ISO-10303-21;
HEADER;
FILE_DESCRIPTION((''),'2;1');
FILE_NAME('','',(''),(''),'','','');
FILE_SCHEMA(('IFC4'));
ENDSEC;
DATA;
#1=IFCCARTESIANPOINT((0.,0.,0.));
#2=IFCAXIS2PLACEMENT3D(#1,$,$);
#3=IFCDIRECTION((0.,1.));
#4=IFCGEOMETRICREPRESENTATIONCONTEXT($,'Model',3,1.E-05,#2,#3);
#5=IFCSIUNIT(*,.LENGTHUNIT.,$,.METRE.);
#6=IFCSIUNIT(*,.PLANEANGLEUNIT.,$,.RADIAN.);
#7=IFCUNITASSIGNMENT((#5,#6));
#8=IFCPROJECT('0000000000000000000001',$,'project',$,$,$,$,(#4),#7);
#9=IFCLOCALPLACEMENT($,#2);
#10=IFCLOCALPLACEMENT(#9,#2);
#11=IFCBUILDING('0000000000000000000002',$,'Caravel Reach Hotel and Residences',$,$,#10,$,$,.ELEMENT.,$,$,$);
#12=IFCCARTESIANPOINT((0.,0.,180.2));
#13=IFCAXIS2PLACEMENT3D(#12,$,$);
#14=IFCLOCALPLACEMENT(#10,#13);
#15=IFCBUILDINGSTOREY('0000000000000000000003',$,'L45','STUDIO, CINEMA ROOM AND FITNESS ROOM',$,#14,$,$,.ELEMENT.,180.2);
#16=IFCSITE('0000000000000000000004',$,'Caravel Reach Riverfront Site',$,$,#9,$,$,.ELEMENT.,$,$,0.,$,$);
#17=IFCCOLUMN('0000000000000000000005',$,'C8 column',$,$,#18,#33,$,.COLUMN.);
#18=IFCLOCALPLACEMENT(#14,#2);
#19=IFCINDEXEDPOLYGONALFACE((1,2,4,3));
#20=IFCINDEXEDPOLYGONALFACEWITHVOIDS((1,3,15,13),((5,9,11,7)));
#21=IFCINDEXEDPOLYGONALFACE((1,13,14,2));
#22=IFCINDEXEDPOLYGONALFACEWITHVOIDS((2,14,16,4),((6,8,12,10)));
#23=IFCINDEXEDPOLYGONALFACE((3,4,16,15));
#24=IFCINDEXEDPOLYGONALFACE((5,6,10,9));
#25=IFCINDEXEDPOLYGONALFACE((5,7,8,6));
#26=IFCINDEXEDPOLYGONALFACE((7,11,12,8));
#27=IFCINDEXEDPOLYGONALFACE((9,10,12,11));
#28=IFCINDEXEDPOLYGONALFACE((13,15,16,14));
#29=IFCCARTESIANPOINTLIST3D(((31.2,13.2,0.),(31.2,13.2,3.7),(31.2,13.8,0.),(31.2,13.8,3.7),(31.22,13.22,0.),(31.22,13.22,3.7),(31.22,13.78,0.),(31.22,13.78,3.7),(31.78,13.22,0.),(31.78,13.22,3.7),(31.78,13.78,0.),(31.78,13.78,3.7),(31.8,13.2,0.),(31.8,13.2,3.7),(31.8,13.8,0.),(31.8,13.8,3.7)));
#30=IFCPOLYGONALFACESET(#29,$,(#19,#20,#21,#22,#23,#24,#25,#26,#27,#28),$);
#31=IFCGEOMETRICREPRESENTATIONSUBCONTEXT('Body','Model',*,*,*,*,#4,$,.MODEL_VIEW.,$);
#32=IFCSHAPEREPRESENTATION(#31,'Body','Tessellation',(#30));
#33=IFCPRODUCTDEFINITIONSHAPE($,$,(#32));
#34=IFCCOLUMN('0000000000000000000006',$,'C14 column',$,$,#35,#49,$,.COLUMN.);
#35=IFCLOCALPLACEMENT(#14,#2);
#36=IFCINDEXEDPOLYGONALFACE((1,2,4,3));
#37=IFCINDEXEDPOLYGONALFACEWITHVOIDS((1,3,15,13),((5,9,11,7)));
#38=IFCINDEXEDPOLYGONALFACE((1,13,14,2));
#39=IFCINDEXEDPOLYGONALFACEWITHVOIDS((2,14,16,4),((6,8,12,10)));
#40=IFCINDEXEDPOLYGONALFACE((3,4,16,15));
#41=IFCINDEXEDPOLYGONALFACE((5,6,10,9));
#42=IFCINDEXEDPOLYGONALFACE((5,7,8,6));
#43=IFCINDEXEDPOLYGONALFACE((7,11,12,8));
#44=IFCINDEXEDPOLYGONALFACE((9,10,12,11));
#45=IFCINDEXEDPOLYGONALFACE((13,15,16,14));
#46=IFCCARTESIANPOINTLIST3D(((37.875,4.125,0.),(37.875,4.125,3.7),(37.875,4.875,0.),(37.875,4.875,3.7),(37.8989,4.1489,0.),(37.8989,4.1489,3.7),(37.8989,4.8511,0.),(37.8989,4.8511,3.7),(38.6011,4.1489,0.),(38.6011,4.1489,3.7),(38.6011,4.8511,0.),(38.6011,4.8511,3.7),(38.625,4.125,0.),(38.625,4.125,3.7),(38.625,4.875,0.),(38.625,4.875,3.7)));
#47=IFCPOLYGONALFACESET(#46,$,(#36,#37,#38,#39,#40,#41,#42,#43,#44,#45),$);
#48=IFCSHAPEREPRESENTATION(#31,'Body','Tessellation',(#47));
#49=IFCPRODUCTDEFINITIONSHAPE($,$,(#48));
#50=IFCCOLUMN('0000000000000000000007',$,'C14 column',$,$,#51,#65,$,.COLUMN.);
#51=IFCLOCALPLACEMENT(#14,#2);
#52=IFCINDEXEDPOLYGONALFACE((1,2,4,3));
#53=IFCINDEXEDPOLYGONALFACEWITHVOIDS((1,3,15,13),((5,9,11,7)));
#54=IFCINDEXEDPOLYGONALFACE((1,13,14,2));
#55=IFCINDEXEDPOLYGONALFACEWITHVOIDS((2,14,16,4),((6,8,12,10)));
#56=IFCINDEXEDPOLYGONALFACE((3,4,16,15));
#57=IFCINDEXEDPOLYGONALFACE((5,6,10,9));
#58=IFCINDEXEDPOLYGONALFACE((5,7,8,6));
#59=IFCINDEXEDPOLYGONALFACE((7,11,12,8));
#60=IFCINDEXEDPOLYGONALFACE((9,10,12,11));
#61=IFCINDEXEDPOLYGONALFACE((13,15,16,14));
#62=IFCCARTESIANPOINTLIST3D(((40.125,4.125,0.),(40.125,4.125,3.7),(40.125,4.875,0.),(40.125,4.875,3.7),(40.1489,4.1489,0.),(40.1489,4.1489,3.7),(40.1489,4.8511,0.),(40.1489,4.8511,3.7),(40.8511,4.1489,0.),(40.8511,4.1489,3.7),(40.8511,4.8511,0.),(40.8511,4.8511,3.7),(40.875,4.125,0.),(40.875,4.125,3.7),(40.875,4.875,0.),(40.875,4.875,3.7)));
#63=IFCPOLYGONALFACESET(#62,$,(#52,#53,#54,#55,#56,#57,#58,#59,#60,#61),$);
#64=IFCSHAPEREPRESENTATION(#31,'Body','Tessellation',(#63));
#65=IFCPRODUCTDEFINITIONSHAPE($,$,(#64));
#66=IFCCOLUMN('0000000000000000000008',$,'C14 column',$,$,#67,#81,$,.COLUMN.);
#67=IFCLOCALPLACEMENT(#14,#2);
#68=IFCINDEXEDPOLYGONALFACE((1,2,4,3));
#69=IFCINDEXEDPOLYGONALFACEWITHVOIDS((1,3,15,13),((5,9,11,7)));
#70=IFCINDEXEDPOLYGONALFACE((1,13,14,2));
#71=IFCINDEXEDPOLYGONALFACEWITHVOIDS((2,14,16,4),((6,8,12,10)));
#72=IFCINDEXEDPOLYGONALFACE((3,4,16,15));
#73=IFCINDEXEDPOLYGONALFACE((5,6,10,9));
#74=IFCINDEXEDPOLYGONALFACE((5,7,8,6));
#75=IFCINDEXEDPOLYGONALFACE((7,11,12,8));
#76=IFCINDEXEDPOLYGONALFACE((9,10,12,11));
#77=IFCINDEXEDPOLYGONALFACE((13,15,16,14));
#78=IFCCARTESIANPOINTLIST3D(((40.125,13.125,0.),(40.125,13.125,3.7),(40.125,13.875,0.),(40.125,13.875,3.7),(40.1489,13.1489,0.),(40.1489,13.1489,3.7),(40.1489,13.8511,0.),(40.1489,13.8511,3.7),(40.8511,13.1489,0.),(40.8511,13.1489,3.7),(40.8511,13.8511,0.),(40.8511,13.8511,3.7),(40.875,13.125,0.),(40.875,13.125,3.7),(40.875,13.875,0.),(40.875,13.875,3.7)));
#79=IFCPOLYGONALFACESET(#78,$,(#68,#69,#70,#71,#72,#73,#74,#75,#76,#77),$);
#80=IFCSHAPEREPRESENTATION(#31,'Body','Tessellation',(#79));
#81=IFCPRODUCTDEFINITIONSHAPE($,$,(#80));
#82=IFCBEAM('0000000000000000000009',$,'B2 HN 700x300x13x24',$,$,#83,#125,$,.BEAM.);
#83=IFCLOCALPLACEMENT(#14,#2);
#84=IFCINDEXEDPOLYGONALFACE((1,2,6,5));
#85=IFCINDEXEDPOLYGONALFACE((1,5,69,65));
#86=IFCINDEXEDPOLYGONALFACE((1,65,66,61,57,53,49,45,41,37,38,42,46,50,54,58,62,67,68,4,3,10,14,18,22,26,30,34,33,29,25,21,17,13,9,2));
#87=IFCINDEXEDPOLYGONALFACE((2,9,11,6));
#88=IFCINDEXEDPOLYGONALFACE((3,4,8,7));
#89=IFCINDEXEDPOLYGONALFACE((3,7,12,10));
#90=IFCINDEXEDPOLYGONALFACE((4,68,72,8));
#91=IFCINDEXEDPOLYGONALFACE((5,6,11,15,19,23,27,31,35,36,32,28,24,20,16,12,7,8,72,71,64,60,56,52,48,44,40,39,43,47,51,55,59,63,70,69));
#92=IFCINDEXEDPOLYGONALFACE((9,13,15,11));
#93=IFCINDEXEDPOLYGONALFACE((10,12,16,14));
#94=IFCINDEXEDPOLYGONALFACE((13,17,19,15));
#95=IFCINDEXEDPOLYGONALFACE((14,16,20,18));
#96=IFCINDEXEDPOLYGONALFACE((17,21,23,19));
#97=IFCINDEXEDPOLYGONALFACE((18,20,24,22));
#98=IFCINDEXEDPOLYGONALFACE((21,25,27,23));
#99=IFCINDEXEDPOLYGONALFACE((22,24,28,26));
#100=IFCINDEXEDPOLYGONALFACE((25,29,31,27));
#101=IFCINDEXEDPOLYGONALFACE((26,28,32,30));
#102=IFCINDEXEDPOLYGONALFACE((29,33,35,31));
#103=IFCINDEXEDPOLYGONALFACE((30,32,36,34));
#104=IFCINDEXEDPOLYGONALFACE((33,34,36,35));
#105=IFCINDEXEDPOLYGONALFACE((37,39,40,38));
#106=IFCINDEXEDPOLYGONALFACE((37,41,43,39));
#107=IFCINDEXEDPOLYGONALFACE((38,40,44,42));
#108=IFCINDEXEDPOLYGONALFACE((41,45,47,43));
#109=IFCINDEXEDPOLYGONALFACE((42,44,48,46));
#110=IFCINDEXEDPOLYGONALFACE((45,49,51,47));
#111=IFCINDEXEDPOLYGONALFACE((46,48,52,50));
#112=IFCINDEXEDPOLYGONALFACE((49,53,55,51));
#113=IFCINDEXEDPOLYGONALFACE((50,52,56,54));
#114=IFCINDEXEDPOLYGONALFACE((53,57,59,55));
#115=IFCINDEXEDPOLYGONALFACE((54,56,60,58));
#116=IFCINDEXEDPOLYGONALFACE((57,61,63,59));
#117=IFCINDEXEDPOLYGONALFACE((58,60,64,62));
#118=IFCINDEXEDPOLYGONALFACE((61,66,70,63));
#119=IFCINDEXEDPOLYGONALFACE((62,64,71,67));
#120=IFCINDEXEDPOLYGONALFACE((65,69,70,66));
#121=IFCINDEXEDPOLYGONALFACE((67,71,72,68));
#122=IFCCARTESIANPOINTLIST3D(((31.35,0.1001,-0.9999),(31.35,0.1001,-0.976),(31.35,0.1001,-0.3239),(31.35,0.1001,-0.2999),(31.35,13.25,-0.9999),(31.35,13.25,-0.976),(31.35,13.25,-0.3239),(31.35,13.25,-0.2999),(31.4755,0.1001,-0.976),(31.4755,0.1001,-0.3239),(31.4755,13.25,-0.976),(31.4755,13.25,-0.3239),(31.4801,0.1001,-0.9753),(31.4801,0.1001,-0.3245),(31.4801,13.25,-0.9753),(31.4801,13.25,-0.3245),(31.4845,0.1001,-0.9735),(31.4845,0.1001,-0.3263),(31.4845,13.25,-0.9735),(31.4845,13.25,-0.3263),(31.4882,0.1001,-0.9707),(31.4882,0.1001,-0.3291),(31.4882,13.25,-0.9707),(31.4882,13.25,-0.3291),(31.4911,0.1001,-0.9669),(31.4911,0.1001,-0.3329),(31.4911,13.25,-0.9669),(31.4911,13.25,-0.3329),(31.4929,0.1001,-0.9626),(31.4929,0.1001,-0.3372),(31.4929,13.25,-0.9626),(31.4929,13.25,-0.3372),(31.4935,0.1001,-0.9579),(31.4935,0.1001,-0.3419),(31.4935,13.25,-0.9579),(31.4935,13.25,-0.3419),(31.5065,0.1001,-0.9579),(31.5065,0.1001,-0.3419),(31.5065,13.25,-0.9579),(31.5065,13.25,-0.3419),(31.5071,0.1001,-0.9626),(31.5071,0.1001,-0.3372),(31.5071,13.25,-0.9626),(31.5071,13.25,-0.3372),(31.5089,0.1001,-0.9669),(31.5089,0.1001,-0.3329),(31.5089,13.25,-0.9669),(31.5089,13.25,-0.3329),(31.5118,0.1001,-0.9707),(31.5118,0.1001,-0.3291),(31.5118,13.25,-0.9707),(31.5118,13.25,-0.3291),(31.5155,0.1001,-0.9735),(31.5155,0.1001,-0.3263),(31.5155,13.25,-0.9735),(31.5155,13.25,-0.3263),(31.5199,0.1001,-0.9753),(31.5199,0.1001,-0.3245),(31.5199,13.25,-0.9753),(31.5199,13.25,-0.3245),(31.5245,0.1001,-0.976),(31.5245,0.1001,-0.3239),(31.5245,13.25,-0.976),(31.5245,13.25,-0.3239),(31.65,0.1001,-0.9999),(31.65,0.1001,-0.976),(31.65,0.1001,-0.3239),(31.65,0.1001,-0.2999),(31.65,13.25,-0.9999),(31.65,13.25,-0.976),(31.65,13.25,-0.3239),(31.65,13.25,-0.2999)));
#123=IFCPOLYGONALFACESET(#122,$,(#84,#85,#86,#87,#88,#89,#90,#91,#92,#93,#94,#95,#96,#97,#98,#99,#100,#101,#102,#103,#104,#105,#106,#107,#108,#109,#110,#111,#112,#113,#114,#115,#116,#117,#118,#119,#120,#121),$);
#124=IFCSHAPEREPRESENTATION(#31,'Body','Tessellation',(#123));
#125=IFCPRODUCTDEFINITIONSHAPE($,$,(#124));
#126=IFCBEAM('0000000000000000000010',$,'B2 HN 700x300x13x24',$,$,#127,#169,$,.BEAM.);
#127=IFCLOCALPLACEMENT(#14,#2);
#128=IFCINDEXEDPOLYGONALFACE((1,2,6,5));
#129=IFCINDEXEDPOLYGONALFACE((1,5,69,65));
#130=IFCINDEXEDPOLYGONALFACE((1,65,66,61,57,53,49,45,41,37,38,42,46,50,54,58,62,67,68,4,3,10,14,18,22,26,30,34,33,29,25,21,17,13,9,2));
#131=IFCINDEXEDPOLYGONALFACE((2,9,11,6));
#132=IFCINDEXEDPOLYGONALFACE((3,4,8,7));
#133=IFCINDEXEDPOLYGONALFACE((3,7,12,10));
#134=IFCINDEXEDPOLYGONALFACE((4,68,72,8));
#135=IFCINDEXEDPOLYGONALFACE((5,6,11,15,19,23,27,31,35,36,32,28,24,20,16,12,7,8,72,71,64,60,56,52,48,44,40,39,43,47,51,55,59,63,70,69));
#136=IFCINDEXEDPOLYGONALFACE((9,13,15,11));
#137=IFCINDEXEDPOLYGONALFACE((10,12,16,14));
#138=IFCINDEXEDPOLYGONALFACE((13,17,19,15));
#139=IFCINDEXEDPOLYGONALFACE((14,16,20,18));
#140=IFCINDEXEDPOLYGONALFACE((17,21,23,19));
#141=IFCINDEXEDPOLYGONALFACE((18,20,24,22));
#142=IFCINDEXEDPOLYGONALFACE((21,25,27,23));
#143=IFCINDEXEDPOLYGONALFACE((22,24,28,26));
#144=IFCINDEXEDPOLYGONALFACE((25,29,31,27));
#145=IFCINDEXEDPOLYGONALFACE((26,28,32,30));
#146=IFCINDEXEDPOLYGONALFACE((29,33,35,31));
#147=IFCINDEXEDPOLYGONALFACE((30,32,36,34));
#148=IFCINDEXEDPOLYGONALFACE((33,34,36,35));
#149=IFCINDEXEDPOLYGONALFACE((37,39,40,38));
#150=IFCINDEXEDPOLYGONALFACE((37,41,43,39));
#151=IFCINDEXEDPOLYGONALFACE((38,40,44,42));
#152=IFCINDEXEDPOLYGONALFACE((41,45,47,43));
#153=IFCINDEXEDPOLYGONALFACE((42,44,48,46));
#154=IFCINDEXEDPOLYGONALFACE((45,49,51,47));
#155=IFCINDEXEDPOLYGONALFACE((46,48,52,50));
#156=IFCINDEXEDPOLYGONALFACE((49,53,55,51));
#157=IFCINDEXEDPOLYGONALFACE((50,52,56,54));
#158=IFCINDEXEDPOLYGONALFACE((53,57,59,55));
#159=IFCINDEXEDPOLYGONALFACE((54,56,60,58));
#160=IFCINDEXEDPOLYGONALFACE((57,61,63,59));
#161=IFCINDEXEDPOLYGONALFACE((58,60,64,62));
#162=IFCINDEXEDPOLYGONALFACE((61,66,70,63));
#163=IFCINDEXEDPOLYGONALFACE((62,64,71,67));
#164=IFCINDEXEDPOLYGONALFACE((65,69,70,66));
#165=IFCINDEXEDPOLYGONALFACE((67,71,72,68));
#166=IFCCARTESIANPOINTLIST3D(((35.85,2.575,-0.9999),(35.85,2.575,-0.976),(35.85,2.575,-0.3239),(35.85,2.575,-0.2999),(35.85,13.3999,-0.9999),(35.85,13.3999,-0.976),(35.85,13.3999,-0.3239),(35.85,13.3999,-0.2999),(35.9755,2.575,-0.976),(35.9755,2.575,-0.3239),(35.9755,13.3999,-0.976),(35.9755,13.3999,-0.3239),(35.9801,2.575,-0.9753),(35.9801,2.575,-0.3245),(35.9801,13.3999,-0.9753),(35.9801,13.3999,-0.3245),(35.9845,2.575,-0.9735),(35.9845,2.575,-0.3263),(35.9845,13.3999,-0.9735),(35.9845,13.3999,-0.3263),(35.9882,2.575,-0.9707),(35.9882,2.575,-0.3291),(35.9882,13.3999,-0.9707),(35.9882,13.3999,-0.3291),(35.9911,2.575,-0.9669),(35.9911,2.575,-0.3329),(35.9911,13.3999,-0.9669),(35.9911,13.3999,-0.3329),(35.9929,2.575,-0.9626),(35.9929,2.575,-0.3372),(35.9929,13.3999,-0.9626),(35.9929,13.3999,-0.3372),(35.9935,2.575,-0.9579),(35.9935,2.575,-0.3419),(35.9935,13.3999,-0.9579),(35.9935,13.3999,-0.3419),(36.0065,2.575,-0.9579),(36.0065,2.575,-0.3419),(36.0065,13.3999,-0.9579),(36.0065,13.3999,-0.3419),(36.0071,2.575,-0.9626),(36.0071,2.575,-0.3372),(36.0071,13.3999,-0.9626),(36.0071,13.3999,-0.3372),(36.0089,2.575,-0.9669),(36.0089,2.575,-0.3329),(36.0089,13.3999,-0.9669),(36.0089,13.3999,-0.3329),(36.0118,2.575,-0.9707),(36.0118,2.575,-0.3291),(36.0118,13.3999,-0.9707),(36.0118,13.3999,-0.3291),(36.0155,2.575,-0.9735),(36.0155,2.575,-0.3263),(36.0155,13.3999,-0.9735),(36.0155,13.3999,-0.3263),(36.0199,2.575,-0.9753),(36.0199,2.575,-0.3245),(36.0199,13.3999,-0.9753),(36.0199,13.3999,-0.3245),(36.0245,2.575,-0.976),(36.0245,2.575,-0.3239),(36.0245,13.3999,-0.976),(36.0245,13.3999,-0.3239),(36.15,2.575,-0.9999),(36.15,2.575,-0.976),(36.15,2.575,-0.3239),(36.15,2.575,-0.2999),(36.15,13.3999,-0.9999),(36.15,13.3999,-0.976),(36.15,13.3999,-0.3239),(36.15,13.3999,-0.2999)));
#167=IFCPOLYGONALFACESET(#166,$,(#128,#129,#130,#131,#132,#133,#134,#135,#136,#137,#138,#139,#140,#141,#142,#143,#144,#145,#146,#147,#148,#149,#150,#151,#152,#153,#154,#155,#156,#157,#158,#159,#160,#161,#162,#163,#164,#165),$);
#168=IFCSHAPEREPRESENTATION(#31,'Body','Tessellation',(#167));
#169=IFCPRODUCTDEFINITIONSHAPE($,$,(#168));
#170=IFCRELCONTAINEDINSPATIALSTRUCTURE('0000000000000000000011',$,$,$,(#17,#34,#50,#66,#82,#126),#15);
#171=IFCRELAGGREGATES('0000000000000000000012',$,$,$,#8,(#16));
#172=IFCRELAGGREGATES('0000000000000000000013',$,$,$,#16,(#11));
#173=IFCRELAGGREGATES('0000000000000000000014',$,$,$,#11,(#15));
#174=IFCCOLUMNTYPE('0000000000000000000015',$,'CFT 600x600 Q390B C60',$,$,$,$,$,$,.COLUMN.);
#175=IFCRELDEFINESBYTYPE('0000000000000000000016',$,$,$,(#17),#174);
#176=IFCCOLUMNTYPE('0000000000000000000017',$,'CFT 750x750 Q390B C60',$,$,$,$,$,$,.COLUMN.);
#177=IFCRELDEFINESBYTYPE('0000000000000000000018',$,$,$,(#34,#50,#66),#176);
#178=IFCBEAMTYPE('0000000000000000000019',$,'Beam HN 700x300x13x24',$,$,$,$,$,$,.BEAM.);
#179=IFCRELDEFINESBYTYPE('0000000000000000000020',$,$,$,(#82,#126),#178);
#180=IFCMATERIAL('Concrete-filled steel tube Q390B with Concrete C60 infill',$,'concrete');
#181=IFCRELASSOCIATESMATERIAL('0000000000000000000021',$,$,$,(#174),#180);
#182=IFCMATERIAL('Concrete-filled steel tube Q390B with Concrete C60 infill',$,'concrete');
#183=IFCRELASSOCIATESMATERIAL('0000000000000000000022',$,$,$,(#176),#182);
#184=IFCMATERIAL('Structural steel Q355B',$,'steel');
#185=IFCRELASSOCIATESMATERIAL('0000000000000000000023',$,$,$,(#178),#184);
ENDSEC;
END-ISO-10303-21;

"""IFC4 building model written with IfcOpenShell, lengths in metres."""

from ifc_helpers import new_model, si_unit, direction, frame, origin, origin_2d, place, context, subcontext, project, spatial, hollow_rectangle, i_section, extrude, material, material_profile, profile_set, type_object, element, save


model = new_model("IFC4")

# Units and contexts
model_context = context("Model", 3, precision=1e-05, world=origin(), true_north=direction((0.0, 1.0)))
body_context = subcontext(model_context, "Body", "Model", "MODEL_VIEW")
ifc_project = project(units=[si_unit("LENGTHUNIT", "METRE"), si_unit("PLANEANGLEUNIT", "RADIAN")], contexts=[model_context])

# Site, building, storey
site_placement = place(None, origin())
site = spatial("IfcSite", under=ifc_project, at=site_placement, Name="Caravel Reach Riverfront Site", CompositionType="ELEMENT", RefElevation=0.0)
building_placement = place(site_placement, origin())
building = spatial("IfcBuilding", under=site, at=building_placement, Name="Caravel Reach Hotel and Residences", CompositionType="ELEMENT")
storey_placement = place(building_placement, frame((0.0, 0.0, 180.2)))
storey = spatial("IfcBuildingStorey", under=building, at=storey_placement, Name="L45", Description="STUDIO, CINEMA ROOM AND FITNESS ROOM", CompositionType="ELEMENT", Elevation=180.2)

# Columns
ifc_material_1 = material(Name="Concrete-filled steel tube Q390B with Concrete C60 infill", Category="concrete")
ifc_material_profile_1 = material_profile(ifc_material_1, hollow_rectangle(XDim=0.6001, YDim=0.6001, WallThickness=0.02, at=origin_2d()), Name="RHS 600x600x20")
ifc_profile_set_1 = profile_set([ifc_material_profile_1], Name="Concrete-filled steel tube Q390B with Concrete C60 infill")
column_type_1 = type_object("IfcColumnType", Name="CFT 600x600 Q390B C60", PredefinedType="COLUMN", material=ifc_profile_set_1)
column_placement = place(storey_placement, frame((31.5, 13.5, 0.0), z_axis=(0.0, 0.0, 1.0), x_axis=(1.0, 0.0, 0.0)))
element("IfcColumn", 1, at=column_placement, inside=storey, type_object=column_type_1, Name="C8 column", PredefinedType="COLUMN", context=body_context, shape_type="SweptSolid", body=[
    extrude(hollow_rectangle(XDim=0.6001, YDim=0.6001, WallThickness=0.02, at=origin_2d()), origin(), (0.0, 0.0, 1.0), 3.7),
])
ifc_material_2 = material(Name="Concrete-filled steel tube Q390B with Concrete C60 infill", Category="concrete")
ifc_material_profile_2 = material_profile(ifc_material_2, hollow_rectangle(XDim=0.75, YDim=0.75, WallThickness=0.0239, at=origin_2d()), Name="RHS 750x750x24")
ifc_profile_set_2 = profile_set([ifc_material_profile_2], Name="Concrete-filled steel tube Q390B with Concrete C60 infill")
column_type_2 = type_object("IfcColumnType", Name="CFT 750x750 Q390B C60", PredefinedType="COLUMN", material=ifc_profile_set_2)
for number, where, z_axis, x_axis, name in (
    (2, (38.25, 4.5, 0.0), (0.0, 0.0, 1.0), (1.0, 0.0, 0.0), "C14 column"),
    (3, (40.5, 4.5, 0.0), (0.0, 0.0, 1.0), (1.0, 0.0, 0.0), "C14 column"),
    (4, (40.5, 13.5, 0.0), (0.0, 0.0, 1.0), (1.0, 0.0, 0.0), "C14 column"),
):
    element("IfcColumn", number, at=place(storey_placement, frame(where, z_axis=z_axis, x_axis=x_axis)), inside=storey, type_object=column_type_2, Name=name, PredefinedType="COLUMN", context=body_context, shape_type="SweptSolid", body=[
        extrude(hollow_rectangle(XDim=0.75, YDim=0.75, WallThickness=0.0239, at=origin_2d()), origin(), (0.0, 0.0, 1.0), 3.7),
    ])

# Beams
ifc_material_3 = material(Name="Structural steel Q355B", Category="steel")
ifc_material_profile_3 = material_profile(ifc_material_3, i_section(OverallWidth=0.3, OverallDepth=0.7, WebThickness=0.0129, FlangeThickness=0.0239, FilletRadius=0.0181, at=origin_2d()), Name="HN 700x300x13x24")
ifc_profile_set_3 = profile_set([ifc_material_profile_3], Name="Structural steel Q355B")
beam_type_1 = type_object("IfcBeamType", Name="Beam HN 700x300x13x24", PredefinedType="BEAM", material=ifc_profile_set_3)
beam_1_placement = place(storey_placement, frame((31.5, 13.25, -0.6499), z_axis=(0.0, -1.0, 0.0), x_axis=(1.0, 0.0, 0.0)))
element("IfcBeam", 5, at=beam_1_placement, inside=storey, type_object=beam_type_1, Name="B2 HN 700x300x13x24", PredefinedType="BEAM", context=body_context, shape_type="SweptSolid", body=[
    extrude(i_section(OverallWidth=0.3, OverallDepth=0.7, WebThickness=0.0129, FlangeThickness=0.0239, FilletRadius=0.0181, at=origin_2d()), origin(), (0.0, 0.0, 1.0), 13.1499),
])
beam_2_placement = place(storey_placement, frame((36.0, 13.3999, -0.6499), z_axis=(0.0, -1.0, 0.0), x_axis=(1.0, 0.0, 0.0)))
element("IfcBeam", 6, at=beam_2_placement, inside=storey, type_object=beam_type_1, Name="B2 HN 700x300x13x24", PredefinedType="BEAM", context=body_context, shape_type="SweptSolid", body=[
    extrude(i_section(OverallWidth=0.3, OverallDepth=0.7, WebThickness=0.0129, FlangeThickness=0.0239, FilletRadius=0.0181, at=origin_2d()), origin(), (0.0, 0.0, 1.0), 10.825),
])

save(model, "model.ifc")
